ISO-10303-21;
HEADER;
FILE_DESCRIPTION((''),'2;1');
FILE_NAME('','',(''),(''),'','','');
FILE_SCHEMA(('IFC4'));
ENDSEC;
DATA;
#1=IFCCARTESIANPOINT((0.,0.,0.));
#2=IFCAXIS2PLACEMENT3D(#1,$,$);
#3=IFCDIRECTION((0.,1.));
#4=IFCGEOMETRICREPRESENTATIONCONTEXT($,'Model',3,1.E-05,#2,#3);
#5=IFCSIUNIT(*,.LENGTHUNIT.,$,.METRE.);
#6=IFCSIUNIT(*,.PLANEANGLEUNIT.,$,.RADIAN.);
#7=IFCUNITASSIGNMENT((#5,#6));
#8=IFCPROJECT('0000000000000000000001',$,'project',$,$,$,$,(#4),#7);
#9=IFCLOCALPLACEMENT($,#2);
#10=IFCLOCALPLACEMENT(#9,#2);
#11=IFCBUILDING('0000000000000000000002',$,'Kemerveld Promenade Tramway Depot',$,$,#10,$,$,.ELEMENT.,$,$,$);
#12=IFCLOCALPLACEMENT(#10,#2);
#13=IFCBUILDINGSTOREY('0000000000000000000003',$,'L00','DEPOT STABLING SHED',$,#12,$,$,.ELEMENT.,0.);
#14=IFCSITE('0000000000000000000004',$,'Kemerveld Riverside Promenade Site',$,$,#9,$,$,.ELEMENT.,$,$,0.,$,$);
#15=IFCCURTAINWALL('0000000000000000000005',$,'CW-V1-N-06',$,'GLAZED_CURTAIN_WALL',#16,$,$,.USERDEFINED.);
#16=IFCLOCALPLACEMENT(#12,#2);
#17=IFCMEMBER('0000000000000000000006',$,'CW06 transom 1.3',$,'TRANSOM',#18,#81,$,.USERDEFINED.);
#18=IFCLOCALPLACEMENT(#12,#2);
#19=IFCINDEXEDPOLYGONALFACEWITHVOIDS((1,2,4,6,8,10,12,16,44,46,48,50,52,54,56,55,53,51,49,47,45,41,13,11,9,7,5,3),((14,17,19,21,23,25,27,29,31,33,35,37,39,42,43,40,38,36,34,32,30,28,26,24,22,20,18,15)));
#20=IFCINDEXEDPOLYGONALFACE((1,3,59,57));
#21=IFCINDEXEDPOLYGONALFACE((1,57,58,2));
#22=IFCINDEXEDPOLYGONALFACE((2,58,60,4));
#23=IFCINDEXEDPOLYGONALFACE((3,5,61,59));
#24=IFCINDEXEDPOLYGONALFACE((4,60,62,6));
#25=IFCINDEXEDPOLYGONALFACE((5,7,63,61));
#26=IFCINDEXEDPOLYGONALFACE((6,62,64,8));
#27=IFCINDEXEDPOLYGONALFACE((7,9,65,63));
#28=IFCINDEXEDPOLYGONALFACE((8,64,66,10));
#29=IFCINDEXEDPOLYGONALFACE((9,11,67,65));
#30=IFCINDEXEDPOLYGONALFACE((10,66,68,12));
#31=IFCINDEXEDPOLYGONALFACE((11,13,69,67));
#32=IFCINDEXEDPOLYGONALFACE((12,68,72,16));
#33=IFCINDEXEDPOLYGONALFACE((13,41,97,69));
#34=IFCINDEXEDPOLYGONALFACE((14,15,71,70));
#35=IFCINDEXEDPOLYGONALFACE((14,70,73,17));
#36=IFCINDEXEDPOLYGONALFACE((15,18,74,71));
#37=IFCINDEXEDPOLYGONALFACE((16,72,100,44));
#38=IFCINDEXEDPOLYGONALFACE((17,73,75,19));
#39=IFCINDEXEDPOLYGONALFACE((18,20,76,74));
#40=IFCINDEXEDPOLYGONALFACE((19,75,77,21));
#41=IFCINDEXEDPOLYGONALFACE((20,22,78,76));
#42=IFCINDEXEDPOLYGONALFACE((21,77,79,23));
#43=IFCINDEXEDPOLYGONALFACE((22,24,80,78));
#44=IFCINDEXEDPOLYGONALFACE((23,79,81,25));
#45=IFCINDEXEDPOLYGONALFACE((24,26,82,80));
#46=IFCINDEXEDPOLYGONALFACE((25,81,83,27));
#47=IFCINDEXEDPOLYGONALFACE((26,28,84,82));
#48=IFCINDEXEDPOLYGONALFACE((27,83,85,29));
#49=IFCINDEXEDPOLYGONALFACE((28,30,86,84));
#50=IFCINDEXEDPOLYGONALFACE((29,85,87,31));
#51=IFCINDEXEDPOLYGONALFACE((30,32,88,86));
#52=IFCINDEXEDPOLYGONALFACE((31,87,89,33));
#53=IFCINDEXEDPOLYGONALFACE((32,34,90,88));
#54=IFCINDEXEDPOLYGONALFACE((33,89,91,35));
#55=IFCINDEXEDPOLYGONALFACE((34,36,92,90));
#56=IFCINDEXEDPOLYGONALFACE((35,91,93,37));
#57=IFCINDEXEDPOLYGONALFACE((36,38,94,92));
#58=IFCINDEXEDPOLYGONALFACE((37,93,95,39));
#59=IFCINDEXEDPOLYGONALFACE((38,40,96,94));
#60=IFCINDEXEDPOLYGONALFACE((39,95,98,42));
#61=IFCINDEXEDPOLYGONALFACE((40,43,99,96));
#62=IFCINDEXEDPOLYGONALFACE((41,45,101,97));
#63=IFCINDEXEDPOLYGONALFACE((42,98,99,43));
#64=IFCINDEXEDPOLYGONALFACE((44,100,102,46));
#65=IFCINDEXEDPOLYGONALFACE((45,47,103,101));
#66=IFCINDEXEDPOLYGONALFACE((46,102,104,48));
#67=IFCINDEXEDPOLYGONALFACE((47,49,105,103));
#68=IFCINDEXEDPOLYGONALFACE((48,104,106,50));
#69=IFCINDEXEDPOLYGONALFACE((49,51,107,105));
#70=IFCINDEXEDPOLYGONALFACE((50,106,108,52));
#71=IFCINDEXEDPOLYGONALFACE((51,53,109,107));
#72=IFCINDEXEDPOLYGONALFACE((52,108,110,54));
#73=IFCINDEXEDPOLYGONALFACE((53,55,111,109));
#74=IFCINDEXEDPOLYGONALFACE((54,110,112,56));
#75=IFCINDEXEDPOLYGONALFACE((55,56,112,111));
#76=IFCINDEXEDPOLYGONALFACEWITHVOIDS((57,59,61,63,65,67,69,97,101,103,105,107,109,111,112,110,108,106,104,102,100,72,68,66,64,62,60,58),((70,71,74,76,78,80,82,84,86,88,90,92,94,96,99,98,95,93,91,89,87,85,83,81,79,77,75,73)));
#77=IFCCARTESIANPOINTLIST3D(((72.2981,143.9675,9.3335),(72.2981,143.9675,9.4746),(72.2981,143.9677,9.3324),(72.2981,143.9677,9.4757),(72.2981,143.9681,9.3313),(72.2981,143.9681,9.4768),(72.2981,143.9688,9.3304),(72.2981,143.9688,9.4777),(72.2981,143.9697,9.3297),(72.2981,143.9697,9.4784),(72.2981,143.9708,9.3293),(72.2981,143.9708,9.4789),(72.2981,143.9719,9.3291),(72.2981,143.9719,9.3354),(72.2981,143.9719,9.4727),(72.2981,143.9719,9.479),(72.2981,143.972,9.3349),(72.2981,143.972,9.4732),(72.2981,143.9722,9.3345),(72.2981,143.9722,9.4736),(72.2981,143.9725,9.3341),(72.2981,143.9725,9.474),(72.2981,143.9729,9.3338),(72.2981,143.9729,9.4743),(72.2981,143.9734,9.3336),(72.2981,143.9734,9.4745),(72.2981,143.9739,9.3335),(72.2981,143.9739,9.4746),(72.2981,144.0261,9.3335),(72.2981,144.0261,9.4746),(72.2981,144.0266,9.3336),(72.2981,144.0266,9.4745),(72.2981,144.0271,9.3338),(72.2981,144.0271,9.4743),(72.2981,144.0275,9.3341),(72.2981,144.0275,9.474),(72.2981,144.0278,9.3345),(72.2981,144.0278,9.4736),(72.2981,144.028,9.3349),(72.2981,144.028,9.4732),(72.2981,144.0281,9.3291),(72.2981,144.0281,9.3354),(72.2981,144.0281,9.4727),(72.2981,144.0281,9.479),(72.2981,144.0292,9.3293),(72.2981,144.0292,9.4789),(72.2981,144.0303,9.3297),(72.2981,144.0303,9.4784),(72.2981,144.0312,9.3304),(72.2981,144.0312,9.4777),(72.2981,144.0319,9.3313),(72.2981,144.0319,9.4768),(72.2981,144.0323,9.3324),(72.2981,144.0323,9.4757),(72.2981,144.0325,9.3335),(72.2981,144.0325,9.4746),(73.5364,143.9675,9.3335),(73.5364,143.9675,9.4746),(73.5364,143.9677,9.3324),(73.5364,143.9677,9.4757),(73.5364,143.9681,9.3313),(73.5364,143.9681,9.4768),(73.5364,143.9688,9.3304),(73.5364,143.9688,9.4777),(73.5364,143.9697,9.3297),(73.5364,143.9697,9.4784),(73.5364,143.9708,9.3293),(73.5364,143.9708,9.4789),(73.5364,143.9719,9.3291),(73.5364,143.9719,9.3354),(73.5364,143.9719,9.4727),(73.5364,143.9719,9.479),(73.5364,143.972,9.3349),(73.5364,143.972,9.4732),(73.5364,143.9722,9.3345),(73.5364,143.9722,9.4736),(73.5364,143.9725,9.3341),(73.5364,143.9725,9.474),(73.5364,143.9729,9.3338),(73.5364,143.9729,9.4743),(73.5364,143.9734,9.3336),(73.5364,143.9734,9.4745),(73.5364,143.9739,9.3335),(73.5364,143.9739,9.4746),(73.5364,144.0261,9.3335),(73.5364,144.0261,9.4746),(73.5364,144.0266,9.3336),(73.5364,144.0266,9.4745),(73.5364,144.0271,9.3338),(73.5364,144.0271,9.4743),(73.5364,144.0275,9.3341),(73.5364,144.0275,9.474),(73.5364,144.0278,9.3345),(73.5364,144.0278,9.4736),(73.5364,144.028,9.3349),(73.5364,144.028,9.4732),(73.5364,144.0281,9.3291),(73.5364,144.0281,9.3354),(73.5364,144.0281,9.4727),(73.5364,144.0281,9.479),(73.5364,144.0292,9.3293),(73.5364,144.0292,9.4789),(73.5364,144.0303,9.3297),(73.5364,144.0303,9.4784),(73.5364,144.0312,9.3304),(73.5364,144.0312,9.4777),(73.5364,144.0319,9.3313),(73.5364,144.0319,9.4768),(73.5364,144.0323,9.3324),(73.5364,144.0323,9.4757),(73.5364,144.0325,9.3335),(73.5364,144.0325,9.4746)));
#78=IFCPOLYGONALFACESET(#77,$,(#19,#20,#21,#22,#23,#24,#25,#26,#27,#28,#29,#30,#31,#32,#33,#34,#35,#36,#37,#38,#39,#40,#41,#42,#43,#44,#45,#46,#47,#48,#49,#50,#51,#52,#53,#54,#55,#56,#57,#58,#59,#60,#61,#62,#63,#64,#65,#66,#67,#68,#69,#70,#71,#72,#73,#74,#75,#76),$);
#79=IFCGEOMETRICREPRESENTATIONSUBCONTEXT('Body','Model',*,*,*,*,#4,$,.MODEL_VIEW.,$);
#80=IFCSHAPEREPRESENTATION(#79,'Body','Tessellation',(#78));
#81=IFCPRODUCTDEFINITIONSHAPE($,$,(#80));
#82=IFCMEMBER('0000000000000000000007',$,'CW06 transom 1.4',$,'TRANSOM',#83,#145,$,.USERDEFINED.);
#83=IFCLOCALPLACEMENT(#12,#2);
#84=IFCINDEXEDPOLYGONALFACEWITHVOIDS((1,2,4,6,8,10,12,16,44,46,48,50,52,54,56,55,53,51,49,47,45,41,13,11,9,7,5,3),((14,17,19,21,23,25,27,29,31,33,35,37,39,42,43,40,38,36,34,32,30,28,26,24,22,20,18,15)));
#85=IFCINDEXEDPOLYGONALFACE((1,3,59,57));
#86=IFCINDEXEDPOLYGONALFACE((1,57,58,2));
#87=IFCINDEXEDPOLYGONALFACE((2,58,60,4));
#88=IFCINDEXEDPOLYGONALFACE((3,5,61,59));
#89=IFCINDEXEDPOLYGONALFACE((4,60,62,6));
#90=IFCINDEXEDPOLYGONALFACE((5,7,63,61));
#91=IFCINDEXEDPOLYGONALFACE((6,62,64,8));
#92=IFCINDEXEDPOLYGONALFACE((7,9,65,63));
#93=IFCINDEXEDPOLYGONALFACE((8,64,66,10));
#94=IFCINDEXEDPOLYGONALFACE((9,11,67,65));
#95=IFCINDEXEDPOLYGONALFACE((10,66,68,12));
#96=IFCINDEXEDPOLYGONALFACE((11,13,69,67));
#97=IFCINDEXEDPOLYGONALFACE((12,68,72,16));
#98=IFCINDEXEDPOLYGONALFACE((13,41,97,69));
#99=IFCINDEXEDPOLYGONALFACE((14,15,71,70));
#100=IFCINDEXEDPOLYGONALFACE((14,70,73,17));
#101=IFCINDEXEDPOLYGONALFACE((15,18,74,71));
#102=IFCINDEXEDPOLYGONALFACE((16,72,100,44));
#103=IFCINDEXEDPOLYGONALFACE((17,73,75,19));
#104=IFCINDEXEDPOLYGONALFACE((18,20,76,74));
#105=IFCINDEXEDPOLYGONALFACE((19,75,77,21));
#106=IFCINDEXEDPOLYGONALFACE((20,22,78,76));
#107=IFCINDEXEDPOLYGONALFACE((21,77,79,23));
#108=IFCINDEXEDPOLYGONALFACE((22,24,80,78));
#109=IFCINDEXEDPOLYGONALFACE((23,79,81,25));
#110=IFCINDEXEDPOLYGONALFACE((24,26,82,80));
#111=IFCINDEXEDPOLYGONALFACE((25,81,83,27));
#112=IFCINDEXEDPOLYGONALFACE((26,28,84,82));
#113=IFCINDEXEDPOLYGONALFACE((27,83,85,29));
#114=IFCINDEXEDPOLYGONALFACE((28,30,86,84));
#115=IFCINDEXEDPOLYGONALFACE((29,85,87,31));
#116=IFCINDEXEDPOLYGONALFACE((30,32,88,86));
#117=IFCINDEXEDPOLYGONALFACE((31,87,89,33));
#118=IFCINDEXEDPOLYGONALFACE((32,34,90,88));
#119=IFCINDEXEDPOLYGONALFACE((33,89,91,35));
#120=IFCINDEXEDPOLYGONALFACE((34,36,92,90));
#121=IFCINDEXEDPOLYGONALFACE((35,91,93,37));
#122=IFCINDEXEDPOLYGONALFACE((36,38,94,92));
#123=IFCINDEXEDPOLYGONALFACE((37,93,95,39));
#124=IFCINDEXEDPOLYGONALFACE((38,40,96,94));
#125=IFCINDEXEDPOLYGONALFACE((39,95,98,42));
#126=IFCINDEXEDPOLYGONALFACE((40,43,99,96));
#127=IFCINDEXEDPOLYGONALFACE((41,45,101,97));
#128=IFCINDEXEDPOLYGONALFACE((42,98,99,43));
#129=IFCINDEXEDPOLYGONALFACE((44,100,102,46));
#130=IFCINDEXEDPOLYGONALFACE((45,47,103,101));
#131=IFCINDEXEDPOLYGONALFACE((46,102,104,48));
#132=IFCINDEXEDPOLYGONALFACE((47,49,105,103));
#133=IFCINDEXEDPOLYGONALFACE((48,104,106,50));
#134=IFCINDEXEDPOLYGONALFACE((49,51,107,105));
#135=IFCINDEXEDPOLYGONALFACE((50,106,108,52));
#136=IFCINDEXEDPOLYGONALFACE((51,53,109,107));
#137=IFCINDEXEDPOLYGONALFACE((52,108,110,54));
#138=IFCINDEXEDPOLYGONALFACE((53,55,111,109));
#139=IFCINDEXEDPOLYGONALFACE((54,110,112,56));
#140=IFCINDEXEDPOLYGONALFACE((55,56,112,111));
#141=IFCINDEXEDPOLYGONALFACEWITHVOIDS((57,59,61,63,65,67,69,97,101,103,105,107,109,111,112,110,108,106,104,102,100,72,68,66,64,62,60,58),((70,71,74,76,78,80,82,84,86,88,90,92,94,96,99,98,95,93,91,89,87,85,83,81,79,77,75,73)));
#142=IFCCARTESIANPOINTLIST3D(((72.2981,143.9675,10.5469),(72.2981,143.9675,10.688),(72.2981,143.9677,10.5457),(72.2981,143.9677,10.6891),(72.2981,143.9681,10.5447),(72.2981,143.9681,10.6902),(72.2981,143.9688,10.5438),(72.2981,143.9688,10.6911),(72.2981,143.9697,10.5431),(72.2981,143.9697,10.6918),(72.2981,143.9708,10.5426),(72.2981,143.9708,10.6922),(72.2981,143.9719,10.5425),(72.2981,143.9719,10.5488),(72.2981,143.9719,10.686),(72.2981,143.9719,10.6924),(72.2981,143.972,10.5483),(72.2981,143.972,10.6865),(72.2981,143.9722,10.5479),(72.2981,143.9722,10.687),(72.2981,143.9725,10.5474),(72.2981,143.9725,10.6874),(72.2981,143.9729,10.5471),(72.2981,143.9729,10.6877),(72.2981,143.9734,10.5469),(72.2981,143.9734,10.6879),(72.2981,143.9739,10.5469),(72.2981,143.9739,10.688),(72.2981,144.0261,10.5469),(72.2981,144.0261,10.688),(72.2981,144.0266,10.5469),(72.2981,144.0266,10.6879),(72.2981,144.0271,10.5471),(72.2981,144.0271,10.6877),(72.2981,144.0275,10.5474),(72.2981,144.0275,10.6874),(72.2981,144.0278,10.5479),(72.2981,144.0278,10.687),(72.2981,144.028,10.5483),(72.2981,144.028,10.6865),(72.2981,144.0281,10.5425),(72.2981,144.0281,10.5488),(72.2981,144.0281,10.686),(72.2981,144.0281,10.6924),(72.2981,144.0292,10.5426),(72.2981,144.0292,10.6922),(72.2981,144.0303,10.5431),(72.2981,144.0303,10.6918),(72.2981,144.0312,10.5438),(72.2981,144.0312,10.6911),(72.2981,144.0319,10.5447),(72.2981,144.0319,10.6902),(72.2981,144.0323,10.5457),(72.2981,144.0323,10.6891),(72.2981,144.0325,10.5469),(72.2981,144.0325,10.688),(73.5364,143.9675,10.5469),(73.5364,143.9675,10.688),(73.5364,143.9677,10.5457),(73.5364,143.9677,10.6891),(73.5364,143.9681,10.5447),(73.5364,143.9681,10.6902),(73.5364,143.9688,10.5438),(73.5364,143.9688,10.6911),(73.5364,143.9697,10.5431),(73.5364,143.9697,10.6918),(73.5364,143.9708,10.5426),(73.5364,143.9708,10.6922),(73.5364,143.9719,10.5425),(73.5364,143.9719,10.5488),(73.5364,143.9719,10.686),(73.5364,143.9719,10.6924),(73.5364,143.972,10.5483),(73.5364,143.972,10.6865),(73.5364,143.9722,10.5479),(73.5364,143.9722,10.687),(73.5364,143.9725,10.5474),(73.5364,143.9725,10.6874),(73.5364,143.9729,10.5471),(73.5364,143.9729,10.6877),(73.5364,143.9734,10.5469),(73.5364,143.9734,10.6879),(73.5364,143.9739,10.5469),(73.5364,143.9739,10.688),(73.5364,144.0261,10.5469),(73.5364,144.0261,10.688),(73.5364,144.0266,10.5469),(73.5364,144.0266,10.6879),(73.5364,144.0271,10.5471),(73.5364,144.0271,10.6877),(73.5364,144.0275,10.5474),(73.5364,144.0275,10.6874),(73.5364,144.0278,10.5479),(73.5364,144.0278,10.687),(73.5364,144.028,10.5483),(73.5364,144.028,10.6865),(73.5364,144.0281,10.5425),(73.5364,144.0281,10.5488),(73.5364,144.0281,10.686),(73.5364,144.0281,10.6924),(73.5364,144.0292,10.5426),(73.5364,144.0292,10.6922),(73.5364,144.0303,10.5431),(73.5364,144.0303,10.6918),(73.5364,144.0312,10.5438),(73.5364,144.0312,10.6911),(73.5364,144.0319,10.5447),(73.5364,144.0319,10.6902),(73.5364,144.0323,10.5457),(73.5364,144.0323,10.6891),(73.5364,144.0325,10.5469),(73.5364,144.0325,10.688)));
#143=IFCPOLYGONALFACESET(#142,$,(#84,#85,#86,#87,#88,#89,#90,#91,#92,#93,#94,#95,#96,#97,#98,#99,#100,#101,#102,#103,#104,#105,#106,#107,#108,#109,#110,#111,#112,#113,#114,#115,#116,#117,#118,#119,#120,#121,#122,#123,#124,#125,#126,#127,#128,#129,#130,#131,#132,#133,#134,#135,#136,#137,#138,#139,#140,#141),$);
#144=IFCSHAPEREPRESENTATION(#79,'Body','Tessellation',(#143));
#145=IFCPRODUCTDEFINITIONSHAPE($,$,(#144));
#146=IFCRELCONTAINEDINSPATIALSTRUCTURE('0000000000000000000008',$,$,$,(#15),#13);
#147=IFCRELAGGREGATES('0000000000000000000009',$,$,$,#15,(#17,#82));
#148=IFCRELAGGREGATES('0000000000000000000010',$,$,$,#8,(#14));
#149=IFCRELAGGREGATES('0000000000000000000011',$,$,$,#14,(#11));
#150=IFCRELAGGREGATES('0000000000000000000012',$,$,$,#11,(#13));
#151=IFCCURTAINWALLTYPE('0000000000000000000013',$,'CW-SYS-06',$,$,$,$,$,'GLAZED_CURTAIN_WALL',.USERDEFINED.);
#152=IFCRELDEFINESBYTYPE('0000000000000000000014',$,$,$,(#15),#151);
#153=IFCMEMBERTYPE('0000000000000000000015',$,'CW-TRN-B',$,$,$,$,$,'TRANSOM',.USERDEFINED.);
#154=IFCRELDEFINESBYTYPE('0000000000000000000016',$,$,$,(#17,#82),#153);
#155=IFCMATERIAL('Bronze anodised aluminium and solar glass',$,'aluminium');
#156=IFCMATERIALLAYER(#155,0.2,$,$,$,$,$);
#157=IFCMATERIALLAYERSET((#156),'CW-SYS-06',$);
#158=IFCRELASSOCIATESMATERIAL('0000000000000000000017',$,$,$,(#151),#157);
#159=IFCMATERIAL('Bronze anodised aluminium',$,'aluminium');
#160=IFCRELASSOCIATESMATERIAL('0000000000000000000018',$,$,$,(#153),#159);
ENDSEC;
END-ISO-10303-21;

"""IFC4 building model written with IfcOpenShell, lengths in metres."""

from ifc_helpers import new_model, si_unit, direction, frame, origin, origin_2d, place, context, subcontext, project, spatial, hollow_rectangle, extrude, material, layer, layer_set, material_profile, profile_set, type_object, element, aggregate, save


model = new_model("IFC4")

# Units and contexts
model_context = context("Model", 3, precision=1e-05, world=origin(), true_north=direction((0.0, 1.0)))
body_context = subcontext(model_context, "Body", "Model", "MODEL_VIEW")
ifc_project = project(units=[si_unit("LENGTHUNIT", "METRE"), si_unit("PLANEANGLEUNIT", "RADIAN")], contexts=[model_context])

# Site, building, storey
site_placement = place(None, origin())
site = spatial("IfcSite", under=ifc_project, at=site_placement, Name="Kemerveld Riverside Promenade Site", CompositionType="ELEMENT", RefElevation=0.0)
building_placement = place(site_placement, origin())
building = spatial("IfcBuilding", under=site, at=building_placement, Name="Kemerveld Promenade Tramway Depot", CompositionType="ELEMENT")
storey_placement = place(building_placement, origin())
storey = spatial("IfcBuildingStorey", under=building, at=storey_placement, Name="L00", Description="DEPOT STABLING SHED", CompositionType="ELEMENT", Elevation=0.0)

# Curtain wall, members
ifc_material_1 = material(Name="Bronze anodised aluminium and solar glass", Category="aluminium")
ifc_material_2 = material(Name="Bronze anodised aluminium", Category="aluminium")
ifc_layer_1 = layer(ifc_material_1, 0.2)
ifc_layer_set_1 = layer_set([ifc_layer_1], Name="CW-SYS-06")
curtain_wall_type_1 = type_object("IfcCurtainWallType", Name="CW-SYS-06", ElementType="GLAZED_CURTAIN_WALL", PredefinedType="USERDEFINED", material=ifc_layer_set_1)
curtain_wall_1_placement = place(storey_placement, origin())
curtain_wall_1 = element("IfcCurtainWall", 1, at=curtain_wall_1_placement, inside=storey, type_object=curtain_wall_type_1, Name="CW-V1-N-06", ObjectType="GLAZED_CURTAIN_WALL", PredefinedType="USERDEFINED")
ifc_material_profile_1 = material_profile(ifc_material_2, hollow_rectangle(XDim=0.0649, YDim=0.1499, WallThickness=0.0044, InnerFilletRadius=0.002, OuterFilletRadius=0.0044, at=origin_2d()), Name="CW-TRN-150x65")
ifc_profile_set_1 = profile_set([ifc_material_profile_1], Name="Bronze anodised aluminium")
member_type_1 = type_object("IfcMemberType", Name="CW-TRN-B", ElementType="TRANSOM", PredefinedType="USERDEFINED", material=ifc_profile_set_1)
member_1_placement = place(storey_placement, frame((72.2981, 144.0, 9.4041), z_axis=(1.0, 0.0, 0.0), x_axis=(0.0, 1.0, 0.0)))
member_1 = element("IfcMember", 2, at=member_1_placement, type_object=member_type_1, Name="CW06 transom 1.3", ObjectType="TRANSOM", PredefinedType="USERDEFINED", context=body_context, shape_type="SweptSolid", body=[
    extrude(hollow_rectangle(XDim=0.0649, YDim=0.1499, WallThickness=0.0044, InnerFilletRadius=0.002, OuterFilletRadius=0.0044, at=origin_2d()), origin(), (0.0, 0.0, 1.0), 1.2383),
])
member_2_placement = place(storey_placement, frame((72.2981, 144.0, 10.6174), z_axis=(1.0, 0.0, 0.0), x_axis=(0.0, 1.0, 0.0)))
member_2 = element("IfcMember", 3, at=member_2_placement, type_object=member_type_1, Name="CW06 transom 1.4", ObjectType="TRANSOM", PredefinedType="USERDEFINED", context=body_context, shape_type="SweptSolid", body=[
    extrude(hollow_rectangle(XDim=0.0649, YDim=0.1499, WallThickness=0.0044, InnerFilletRadius=0.002, OuterFilletRadius=0.0044, at=origin_2d()), origin(), (0.0, 0.0, 1.0), 1.2383),
])

aggregate(curtain_wall_1, [member_1, member_2])

save(model, "model.ifc")
